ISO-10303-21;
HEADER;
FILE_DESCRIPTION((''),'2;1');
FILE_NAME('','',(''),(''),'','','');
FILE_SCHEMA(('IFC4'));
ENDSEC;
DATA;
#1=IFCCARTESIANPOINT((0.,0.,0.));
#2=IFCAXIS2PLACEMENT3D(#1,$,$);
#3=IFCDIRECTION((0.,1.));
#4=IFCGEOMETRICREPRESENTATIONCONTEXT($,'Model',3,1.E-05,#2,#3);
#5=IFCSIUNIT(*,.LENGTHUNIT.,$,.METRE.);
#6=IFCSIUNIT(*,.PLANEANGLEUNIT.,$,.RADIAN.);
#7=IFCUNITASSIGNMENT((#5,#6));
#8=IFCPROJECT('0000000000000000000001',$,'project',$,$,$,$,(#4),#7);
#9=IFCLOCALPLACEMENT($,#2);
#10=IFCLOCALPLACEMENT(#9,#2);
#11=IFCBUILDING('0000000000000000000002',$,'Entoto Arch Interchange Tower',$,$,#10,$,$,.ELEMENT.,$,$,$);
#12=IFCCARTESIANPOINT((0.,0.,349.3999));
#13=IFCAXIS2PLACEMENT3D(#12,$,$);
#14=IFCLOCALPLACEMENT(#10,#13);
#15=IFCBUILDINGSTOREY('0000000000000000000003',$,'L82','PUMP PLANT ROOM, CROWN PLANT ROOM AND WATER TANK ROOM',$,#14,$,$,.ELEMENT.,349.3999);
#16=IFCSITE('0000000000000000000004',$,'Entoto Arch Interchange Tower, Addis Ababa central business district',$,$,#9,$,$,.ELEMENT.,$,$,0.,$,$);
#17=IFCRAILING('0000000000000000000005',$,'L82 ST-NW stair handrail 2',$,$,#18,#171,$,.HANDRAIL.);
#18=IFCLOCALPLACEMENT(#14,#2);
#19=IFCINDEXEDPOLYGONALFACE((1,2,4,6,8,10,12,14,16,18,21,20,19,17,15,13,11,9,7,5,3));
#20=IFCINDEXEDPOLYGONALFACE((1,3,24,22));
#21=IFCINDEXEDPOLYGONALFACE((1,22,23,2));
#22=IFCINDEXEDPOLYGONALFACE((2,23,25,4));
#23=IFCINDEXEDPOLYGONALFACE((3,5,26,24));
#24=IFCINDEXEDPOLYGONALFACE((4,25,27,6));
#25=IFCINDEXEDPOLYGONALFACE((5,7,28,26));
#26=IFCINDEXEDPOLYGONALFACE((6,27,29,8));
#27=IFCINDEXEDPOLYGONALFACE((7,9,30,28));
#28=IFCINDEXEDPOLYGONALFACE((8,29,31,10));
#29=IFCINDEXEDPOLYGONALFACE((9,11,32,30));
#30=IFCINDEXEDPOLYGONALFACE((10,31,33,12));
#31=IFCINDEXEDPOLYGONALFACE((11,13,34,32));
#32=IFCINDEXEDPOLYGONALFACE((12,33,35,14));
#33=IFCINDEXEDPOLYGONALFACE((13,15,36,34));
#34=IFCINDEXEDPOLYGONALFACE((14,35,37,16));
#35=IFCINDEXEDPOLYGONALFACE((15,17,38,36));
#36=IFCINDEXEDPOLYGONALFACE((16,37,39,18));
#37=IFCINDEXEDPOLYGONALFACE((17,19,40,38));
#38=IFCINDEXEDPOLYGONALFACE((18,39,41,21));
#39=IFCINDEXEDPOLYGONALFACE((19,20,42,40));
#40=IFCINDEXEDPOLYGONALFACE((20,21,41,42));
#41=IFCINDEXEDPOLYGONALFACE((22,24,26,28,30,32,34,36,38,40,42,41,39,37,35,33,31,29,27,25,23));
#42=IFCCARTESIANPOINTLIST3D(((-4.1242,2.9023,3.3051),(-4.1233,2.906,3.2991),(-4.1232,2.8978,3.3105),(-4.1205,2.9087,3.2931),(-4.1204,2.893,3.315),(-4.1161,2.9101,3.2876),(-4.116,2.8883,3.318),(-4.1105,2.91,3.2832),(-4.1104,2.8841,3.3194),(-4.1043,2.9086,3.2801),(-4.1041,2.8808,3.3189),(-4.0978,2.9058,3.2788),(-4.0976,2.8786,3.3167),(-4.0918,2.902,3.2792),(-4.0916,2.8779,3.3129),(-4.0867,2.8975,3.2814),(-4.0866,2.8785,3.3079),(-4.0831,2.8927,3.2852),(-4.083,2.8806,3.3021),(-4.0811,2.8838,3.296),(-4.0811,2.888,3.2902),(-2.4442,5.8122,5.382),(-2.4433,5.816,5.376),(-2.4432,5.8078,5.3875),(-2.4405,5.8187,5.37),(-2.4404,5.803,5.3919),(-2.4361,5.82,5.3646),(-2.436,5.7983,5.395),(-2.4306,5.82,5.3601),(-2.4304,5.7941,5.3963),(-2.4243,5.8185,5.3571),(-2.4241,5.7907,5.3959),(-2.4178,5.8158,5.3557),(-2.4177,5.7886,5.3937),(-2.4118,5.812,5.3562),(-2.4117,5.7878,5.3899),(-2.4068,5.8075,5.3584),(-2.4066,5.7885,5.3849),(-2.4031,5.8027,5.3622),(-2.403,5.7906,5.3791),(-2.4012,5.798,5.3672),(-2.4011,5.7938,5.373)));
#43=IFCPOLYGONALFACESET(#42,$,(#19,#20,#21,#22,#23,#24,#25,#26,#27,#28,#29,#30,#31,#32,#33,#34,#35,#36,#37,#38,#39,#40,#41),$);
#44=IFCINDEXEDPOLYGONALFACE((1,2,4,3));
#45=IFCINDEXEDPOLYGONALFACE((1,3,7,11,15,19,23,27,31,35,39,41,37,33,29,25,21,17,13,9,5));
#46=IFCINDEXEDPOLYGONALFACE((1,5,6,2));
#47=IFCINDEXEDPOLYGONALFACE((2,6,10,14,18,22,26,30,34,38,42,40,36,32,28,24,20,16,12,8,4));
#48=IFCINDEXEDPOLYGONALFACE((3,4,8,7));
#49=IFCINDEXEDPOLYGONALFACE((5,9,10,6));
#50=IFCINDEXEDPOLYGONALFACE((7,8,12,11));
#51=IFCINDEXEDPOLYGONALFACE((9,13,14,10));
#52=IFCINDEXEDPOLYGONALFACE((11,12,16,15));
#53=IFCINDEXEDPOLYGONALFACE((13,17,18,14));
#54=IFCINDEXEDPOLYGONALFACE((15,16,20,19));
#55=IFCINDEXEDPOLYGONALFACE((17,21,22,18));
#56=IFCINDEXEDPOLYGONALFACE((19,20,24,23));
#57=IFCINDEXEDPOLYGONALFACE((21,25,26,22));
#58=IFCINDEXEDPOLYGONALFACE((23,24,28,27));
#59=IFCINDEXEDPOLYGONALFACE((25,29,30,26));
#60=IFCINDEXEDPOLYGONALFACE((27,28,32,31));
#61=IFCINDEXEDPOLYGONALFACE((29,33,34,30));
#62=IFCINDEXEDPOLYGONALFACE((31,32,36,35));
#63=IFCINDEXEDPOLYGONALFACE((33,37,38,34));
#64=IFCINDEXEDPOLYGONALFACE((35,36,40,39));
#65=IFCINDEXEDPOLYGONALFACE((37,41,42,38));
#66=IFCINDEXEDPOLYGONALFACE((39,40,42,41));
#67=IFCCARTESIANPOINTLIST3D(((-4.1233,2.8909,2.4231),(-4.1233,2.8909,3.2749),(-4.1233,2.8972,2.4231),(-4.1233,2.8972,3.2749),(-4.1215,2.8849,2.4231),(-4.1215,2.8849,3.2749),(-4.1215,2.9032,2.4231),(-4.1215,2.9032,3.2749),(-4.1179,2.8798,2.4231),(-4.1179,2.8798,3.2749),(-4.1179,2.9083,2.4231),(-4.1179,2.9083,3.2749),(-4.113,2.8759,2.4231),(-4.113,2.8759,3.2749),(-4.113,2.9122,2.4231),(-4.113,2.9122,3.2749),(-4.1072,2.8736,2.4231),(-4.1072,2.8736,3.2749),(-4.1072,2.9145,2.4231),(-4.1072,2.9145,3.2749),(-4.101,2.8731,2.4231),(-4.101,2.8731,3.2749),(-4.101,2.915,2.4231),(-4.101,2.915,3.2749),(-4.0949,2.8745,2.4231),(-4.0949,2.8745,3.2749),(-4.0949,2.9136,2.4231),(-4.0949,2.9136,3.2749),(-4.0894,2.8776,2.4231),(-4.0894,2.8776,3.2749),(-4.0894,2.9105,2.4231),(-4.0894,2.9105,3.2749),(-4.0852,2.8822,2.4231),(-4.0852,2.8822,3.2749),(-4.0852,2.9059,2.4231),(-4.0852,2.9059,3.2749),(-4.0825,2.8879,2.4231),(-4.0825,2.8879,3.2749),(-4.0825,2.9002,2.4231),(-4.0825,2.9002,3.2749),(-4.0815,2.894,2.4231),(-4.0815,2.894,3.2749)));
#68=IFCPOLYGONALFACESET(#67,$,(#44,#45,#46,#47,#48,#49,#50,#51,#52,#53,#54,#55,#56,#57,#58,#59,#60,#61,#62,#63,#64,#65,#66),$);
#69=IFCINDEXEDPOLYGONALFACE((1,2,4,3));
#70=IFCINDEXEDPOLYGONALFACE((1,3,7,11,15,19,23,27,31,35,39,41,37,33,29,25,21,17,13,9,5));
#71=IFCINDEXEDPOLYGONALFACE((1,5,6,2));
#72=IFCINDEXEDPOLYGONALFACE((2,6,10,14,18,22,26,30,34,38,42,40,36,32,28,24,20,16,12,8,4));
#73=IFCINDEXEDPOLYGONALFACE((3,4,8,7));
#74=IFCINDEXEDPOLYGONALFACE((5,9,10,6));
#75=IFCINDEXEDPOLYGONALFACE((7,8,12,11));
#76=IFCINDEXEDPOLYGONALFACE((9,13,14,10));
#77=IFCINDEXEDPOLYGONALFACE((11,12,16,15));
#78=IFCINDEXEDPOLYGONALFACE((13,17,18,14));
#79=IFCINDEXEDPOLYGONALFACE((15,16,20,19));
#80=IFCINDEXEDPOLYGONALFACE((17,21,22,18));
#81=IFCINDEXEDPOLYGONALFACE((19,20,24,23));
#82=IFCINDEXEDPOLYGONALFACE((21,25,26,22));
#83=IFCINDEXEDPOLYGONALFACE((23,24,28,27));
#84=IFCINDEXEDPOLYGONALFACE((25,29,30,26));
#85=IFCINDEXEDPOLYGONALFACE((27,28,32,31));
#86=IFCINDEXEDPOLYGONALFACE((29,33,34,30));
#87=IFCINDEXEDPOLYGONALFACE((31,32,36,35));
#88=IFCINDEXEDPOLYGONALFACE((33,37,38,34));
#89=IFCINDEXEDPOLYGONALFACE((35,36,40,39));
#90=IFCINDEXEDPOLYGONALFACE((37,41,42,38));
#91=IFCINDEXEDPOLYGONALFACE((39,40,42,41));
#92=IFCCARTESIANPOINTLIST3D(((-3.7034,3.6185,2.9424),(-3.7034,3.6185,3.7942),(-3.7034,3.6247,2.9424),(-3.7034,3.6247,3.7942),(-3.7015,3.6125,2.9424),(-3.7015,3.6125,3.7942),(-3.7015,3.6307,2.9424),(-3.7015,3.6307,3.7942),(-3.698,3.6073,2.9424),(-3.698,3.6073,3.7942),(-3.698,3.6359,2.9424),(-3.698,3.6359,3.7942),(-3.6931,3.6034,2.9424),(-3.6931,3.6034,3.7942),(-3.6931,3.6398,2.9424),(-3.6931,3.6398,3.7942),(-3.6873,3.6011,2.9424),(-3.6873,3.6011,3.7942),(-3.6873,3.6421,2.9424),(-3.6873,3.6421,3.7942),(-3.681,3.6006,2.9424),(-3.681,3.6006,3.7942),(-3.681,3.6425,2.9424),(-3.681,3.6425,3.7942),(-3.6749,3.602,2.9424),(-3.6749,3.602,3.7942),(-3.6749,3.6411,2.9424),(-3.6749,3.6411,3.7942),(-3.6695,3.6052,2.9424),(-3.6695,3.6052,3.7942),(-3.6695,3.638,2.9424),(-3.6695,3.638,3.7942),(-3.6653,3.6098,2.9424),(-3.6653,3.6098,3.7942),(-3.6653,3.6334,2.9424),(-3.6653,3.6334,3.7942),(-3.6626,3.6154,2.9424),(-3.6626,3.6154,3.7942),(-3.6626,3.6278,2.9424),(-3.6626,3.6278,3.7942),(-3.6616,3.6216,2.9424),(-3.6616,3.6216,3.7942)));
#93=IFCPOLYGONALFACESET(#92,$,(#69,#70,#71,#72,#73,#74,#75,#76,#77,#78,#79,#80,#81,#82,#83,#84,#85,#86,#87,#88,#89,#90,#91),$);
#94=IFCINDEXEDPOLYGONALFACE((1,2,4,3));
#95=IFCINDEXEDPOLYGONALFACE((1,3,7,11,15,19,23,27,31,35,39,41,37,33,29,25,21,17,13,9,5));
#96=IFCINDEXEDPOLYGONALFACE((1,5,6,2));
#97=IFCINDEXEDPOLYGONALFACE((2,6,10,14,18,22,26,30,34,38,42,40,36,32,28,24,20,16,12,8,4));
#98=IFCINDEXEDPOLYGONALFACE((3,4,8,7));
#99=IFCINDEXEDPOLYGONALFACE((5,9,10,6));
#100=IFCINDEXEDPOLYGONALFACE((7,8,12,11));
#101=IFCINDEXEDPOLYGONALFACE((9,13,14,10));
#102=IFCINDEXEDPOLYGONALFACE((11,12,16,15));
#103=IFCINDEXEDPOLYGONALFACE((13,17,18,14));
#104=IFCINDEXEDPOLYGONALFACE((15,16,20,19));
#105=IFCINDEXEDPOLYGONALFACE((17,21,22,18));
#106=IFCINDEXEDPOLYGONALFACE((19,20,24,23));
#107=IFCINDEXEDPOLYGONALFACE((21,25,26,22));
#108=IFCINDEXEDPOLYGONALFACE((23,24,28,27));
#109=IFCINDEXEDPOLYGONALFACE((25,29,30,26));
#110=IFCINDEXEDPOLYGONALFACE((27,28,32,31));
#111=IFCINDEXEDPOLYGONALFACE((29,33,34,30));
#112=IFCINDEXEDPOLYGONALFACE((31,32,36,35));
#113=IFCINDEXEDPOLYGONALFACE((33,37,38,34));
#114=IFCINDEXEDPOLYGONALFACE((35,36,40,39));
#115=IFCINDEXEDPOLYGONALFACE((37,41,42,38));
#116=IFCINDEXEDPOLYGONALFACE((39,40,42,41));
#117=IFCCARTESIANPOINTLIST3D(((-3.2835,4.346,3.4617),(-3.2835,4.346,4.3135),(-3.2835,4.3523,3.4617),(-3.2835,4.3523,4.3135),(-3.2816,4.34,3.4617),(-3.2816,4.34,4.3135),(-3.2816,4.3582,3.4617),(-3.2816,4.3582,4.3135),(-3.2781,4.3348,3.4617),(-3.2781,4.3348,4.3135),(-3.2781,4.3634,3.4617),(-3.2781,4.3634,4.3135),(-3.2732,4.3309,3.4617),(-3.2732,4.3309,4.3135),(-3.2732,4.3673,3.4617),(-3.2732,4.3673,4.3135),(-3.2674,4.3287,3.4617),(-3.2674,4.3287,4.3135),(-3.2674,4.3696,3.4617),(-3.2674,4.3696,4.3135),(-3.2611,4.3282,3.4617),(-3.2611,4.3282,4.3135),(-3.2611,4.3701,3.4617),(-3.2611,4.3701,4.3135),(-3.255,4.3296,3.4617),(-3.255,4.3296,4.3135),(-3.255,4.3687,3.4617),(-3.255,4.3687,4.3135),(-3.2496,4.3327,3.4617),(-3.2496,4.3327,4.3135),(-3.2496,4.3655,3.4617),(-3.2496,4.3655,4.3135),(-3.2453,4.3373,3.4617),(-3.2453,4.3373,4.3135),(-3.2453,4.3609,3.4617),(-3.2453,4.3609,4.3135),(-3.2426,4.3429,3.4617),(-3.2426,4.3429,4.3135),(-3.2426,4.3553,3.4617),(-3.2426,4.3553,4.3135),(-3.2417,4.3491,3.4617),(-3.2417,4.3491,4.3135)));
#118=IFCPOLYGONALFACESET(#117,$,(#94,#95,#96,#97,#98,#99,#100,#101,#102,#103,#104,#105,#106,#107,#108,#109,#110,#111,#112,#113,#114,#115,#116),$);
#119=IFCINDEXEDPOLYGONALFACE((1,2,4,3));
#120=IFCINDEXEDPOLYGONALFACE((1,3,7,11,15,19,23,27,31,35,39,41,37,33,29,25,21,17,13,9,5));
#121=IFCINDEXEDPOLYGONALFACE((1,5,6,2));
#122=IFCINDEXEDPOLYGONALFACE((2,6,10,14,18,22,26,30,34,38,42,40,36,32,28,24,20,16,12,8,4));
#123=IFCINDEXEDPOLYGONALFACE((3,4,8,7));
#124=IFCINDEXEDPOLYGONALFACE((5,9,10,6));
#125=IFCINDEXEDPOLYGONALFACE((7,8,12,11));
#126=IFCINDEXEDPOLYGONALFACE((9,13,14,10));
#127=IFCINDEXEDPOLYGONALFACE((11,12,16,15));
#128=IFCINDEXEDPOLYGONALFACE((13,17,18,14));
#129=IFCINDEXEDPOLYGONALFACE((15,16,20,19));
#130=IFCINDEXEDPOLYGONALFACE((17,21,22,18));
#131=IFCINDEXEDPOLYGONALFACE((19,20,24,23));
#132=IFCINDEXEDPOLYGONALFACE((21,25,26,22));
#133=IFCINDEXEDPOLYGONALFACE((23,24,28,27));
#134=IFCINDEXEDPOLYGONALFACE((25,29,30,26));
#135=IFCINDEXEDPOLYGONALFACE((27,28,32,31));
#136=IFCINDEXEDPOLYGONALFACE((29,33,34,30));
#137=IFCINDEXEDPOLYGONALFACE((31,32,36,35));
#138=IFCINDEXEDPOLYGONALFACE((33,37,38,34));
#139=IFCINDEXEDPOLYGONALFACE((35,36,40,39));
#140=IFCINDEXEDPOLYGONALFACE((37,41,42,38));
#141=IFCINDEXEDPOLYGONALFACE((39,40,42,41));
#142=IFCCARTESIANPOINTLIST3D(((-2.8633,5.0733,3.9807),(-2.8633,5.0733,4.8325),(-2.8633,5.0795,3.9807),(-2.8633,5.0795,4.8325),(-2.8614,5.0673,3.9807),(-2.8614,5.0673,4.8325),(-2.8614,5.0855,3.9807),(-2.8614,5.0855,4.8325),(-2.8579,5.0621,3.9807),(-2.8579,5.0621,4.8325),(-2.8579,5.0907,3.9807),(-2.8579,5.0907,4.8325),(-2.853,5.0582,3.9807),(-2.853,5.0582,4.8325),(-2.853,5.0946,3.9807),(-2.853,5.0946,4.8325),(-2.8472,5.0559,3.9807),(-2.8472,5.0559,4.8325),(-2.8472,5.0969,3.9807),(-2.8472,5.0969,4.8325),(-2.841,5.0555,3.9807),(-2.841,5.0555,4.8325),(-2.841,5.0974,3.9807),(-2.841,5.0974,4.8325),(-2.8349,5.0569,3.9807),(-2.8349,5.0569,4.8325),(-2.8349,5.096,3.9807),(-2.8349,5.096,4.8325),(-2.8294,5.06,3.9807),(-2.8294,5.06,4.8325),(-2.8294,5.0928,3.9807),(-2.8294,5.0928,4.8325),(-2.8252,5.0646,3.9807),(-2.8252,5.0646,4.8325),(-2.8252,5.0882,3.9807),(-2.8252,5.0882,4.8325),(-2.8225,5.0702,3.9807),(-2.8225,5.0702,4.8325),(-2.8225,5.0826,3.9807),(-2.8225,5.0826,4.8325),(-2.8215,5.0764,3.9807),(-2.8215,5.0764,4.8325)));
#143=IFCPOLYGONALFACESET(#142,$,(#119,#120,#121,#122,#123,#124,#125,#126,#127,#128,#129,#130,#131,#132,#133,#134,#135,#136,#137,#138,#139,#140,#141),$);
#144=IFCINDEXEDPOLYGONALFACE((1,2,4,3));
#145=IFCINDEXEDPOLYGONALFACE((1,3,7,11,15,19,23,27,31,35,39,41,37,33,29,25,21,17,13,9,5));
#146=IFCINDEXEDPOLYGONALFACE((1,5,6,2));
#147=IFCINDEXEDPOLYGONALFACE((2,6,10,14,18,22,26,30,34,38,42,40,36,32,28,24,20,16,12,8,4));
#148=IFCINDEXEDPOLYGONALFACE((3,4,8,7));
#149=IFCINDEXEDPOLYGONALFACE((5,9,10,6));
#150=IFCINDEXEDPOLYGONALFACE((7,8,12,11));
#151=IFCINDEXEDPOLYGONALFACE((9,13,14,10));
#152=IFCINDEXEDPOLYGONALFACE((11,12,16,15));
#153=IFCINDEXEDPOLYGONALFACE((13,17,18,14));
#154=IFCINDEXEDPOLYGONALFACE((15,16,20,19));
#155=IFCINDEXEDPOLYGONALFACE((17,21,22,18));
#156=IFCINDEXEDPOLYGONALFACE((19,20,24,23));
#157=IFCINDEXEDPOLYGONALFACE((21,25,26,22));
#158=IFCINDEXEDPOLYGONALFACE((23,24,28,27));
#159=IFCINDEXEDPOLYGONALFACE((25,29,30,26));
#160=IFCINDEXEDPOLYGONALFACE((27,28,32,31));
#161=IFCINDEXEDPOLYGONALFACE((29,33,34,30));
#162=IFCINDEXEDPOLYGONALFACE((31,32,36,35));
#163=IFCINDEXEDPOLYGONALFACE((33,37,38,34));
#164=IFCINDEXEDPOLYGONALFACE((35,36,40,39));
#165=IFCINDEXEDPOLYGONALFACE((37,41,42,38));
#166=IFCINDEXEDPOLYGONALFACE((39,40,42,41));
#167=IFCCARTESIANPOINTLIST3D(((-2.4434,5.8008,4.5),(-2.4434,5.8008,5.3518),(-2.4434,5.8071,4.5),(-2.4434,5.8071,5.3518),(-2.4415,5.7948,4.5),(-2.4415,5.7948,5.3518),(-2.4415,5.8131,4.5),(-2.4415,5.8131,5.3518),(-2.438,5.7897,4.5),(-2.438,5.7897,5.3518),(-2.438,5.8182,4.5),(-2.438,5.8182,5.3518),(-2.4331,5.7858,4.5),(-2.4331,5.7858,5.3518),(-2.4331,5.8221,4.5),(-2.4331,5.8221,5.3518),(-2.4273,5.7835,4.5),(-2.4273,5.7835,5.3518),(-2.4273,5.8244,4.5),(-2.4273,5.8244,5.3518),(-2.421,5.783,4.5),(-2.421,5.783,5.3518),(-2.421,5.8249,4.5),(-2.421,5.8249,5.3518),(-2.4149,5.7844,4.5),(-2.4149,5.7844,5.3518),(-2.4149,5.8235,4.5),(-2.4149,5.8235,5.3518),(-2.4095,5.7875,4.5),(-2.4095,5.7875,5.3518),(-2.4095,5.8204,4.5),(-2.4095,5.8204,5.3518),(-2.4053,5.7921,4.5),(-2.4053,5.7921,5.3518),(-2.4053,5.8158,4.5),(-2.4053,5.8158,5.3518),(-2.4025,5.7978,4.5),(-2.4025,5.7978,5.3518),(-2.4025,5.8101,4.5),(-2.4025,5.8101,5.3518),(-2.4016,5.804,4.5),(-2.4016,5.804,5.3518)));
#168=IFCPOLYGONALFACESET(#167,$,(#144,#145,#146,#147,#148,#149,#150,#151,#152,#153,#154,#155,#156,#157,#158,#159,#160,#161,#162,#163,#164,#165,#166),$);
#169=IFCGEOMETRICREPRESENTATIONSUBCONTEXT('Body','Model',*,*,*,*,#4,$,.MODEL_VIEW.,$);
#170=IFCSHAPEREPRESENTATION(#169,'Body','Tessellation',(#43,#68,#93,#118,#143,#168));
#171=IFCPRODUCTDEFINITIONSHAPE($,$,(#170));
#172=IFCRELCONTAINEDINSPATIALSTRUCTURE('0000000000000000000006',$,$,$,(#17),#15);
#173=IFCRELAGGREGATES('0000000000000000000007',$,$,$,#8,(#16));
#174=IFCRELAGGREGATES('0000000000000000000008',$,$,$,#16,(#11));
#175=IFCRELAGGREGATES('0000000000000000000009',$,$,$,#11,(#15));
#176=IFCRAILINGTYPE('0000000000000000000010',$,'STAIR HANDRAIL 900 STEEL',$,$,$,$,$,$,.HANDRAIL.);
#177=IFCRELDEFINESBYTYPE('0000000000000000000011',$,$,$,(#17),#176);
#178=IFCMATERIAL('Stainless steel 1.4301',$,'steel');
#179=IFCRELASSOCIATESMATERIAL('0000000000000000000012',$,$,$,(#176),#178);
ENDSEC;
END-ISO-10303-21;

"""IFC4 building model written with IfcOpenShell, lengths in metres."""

from ifc_helpers import new_model, si_unit, direction, frame, origin, origin_2d, place, context, subcontext, project, spatial, circle, extrude, material, type_object, element, save


model = new_model("IFC4")

# Units and contexts
model_context = context("Model", 3, precision=1e-05, world=origin(), true_north=direction((0.0, 1.0)))
body_context = subcontext(model_context, "Body", "Model", "MODEL_VIEW")
ifc_project = project(units=[si_unit("LENGTHUNIT", "METRE"), si_unit("PLANEANGLEUNIT", "RADIAN")], contexts=[model_context])

# Site, building, storey
site_placement = place(None, origin())
site = spatial("IfcSite", under=ifc_project, at=site_placement, Name="Entoto Arch Interchange Tower, Addis Ababa central business district", CompositionType="ELEMENT", RefElevation=0.0)
building_placement = place(site_placement, origin())
building = spatial("IfcBuilding", under=site, at=building_placement, Name="Entoto Arch Interchange Tower", CompositionType="ELEMENT")
storey_placement = place(building_placement, frame((0.0, 0.0, 349.3999)))
storey = spatial("IfcBuildingStorey", under=building, at=storey_placement, Name="L82", Description="PUMP PLANT ROOM, CROWN PLANT ROOM AND WATER TANK ROOM", CompositionType="ELEMENT", Elevation=349.3999)

# Railing
ifc_material_1 = material(Name="Stainless steel 1.4301", Category="steel")
railing_type_1 = type_object("IfcRailingType", Name="STAIR HANDRAIL 900 STEEL", PredefinedType="HANDRAIL", material=ifc_material_1)
railing_1_placement = place(storey_placement, frame((-4.1025, 2.894, 2.4231)))
element("IfcRailing", 1, at=railing_1_placement, inside=storey, type_object=railing_type_1, Name="L82 ST-NW stair handrail 2", PredefinedType="HANDRAIL", context=body_context, shape_type="SweptSolid", body=[
    extrude(circle(Radius=0.0239, at=origin_2d()), frame((0.0, 0.0, 0.876), z_axis=(0.425288, 0.736668, 0.525785), x_axis=(-0.866039, 0.499976, 0.0)), (0.0, 0.0, 1.0), 3.9502),
    extrude(circle(Radius=0.021, at=origin_2d()), origin(), (0.0, 0.0, 1.0), 0.8518),
    extrude(circle(Radius=0.021, at=origin_2d()), frame((0.4199, 0.7275, 0.5193)), (0.0, 0.0, 1.0), 0.8518),
    extrude(circle(Radius=0.021, at=origin_2d()), frame((0.8398, 1.4551, 1.0386)), (0.0, 0.0, 1.0), 0.8518),
    extrude(circle(Radius=0.021, at=origin_2d()), frame((1.26, 2.1824, 1.5576)), (0.0, 0.0, 1.0), 0.8518),
    extrude(circle(Radius=0.021, at=origin_2d()), frame((1.6799, 2.9099, 2.0769)), (0.0, 0.0, 1.0), 0.8518),
])

save(model, "model.ifc")
